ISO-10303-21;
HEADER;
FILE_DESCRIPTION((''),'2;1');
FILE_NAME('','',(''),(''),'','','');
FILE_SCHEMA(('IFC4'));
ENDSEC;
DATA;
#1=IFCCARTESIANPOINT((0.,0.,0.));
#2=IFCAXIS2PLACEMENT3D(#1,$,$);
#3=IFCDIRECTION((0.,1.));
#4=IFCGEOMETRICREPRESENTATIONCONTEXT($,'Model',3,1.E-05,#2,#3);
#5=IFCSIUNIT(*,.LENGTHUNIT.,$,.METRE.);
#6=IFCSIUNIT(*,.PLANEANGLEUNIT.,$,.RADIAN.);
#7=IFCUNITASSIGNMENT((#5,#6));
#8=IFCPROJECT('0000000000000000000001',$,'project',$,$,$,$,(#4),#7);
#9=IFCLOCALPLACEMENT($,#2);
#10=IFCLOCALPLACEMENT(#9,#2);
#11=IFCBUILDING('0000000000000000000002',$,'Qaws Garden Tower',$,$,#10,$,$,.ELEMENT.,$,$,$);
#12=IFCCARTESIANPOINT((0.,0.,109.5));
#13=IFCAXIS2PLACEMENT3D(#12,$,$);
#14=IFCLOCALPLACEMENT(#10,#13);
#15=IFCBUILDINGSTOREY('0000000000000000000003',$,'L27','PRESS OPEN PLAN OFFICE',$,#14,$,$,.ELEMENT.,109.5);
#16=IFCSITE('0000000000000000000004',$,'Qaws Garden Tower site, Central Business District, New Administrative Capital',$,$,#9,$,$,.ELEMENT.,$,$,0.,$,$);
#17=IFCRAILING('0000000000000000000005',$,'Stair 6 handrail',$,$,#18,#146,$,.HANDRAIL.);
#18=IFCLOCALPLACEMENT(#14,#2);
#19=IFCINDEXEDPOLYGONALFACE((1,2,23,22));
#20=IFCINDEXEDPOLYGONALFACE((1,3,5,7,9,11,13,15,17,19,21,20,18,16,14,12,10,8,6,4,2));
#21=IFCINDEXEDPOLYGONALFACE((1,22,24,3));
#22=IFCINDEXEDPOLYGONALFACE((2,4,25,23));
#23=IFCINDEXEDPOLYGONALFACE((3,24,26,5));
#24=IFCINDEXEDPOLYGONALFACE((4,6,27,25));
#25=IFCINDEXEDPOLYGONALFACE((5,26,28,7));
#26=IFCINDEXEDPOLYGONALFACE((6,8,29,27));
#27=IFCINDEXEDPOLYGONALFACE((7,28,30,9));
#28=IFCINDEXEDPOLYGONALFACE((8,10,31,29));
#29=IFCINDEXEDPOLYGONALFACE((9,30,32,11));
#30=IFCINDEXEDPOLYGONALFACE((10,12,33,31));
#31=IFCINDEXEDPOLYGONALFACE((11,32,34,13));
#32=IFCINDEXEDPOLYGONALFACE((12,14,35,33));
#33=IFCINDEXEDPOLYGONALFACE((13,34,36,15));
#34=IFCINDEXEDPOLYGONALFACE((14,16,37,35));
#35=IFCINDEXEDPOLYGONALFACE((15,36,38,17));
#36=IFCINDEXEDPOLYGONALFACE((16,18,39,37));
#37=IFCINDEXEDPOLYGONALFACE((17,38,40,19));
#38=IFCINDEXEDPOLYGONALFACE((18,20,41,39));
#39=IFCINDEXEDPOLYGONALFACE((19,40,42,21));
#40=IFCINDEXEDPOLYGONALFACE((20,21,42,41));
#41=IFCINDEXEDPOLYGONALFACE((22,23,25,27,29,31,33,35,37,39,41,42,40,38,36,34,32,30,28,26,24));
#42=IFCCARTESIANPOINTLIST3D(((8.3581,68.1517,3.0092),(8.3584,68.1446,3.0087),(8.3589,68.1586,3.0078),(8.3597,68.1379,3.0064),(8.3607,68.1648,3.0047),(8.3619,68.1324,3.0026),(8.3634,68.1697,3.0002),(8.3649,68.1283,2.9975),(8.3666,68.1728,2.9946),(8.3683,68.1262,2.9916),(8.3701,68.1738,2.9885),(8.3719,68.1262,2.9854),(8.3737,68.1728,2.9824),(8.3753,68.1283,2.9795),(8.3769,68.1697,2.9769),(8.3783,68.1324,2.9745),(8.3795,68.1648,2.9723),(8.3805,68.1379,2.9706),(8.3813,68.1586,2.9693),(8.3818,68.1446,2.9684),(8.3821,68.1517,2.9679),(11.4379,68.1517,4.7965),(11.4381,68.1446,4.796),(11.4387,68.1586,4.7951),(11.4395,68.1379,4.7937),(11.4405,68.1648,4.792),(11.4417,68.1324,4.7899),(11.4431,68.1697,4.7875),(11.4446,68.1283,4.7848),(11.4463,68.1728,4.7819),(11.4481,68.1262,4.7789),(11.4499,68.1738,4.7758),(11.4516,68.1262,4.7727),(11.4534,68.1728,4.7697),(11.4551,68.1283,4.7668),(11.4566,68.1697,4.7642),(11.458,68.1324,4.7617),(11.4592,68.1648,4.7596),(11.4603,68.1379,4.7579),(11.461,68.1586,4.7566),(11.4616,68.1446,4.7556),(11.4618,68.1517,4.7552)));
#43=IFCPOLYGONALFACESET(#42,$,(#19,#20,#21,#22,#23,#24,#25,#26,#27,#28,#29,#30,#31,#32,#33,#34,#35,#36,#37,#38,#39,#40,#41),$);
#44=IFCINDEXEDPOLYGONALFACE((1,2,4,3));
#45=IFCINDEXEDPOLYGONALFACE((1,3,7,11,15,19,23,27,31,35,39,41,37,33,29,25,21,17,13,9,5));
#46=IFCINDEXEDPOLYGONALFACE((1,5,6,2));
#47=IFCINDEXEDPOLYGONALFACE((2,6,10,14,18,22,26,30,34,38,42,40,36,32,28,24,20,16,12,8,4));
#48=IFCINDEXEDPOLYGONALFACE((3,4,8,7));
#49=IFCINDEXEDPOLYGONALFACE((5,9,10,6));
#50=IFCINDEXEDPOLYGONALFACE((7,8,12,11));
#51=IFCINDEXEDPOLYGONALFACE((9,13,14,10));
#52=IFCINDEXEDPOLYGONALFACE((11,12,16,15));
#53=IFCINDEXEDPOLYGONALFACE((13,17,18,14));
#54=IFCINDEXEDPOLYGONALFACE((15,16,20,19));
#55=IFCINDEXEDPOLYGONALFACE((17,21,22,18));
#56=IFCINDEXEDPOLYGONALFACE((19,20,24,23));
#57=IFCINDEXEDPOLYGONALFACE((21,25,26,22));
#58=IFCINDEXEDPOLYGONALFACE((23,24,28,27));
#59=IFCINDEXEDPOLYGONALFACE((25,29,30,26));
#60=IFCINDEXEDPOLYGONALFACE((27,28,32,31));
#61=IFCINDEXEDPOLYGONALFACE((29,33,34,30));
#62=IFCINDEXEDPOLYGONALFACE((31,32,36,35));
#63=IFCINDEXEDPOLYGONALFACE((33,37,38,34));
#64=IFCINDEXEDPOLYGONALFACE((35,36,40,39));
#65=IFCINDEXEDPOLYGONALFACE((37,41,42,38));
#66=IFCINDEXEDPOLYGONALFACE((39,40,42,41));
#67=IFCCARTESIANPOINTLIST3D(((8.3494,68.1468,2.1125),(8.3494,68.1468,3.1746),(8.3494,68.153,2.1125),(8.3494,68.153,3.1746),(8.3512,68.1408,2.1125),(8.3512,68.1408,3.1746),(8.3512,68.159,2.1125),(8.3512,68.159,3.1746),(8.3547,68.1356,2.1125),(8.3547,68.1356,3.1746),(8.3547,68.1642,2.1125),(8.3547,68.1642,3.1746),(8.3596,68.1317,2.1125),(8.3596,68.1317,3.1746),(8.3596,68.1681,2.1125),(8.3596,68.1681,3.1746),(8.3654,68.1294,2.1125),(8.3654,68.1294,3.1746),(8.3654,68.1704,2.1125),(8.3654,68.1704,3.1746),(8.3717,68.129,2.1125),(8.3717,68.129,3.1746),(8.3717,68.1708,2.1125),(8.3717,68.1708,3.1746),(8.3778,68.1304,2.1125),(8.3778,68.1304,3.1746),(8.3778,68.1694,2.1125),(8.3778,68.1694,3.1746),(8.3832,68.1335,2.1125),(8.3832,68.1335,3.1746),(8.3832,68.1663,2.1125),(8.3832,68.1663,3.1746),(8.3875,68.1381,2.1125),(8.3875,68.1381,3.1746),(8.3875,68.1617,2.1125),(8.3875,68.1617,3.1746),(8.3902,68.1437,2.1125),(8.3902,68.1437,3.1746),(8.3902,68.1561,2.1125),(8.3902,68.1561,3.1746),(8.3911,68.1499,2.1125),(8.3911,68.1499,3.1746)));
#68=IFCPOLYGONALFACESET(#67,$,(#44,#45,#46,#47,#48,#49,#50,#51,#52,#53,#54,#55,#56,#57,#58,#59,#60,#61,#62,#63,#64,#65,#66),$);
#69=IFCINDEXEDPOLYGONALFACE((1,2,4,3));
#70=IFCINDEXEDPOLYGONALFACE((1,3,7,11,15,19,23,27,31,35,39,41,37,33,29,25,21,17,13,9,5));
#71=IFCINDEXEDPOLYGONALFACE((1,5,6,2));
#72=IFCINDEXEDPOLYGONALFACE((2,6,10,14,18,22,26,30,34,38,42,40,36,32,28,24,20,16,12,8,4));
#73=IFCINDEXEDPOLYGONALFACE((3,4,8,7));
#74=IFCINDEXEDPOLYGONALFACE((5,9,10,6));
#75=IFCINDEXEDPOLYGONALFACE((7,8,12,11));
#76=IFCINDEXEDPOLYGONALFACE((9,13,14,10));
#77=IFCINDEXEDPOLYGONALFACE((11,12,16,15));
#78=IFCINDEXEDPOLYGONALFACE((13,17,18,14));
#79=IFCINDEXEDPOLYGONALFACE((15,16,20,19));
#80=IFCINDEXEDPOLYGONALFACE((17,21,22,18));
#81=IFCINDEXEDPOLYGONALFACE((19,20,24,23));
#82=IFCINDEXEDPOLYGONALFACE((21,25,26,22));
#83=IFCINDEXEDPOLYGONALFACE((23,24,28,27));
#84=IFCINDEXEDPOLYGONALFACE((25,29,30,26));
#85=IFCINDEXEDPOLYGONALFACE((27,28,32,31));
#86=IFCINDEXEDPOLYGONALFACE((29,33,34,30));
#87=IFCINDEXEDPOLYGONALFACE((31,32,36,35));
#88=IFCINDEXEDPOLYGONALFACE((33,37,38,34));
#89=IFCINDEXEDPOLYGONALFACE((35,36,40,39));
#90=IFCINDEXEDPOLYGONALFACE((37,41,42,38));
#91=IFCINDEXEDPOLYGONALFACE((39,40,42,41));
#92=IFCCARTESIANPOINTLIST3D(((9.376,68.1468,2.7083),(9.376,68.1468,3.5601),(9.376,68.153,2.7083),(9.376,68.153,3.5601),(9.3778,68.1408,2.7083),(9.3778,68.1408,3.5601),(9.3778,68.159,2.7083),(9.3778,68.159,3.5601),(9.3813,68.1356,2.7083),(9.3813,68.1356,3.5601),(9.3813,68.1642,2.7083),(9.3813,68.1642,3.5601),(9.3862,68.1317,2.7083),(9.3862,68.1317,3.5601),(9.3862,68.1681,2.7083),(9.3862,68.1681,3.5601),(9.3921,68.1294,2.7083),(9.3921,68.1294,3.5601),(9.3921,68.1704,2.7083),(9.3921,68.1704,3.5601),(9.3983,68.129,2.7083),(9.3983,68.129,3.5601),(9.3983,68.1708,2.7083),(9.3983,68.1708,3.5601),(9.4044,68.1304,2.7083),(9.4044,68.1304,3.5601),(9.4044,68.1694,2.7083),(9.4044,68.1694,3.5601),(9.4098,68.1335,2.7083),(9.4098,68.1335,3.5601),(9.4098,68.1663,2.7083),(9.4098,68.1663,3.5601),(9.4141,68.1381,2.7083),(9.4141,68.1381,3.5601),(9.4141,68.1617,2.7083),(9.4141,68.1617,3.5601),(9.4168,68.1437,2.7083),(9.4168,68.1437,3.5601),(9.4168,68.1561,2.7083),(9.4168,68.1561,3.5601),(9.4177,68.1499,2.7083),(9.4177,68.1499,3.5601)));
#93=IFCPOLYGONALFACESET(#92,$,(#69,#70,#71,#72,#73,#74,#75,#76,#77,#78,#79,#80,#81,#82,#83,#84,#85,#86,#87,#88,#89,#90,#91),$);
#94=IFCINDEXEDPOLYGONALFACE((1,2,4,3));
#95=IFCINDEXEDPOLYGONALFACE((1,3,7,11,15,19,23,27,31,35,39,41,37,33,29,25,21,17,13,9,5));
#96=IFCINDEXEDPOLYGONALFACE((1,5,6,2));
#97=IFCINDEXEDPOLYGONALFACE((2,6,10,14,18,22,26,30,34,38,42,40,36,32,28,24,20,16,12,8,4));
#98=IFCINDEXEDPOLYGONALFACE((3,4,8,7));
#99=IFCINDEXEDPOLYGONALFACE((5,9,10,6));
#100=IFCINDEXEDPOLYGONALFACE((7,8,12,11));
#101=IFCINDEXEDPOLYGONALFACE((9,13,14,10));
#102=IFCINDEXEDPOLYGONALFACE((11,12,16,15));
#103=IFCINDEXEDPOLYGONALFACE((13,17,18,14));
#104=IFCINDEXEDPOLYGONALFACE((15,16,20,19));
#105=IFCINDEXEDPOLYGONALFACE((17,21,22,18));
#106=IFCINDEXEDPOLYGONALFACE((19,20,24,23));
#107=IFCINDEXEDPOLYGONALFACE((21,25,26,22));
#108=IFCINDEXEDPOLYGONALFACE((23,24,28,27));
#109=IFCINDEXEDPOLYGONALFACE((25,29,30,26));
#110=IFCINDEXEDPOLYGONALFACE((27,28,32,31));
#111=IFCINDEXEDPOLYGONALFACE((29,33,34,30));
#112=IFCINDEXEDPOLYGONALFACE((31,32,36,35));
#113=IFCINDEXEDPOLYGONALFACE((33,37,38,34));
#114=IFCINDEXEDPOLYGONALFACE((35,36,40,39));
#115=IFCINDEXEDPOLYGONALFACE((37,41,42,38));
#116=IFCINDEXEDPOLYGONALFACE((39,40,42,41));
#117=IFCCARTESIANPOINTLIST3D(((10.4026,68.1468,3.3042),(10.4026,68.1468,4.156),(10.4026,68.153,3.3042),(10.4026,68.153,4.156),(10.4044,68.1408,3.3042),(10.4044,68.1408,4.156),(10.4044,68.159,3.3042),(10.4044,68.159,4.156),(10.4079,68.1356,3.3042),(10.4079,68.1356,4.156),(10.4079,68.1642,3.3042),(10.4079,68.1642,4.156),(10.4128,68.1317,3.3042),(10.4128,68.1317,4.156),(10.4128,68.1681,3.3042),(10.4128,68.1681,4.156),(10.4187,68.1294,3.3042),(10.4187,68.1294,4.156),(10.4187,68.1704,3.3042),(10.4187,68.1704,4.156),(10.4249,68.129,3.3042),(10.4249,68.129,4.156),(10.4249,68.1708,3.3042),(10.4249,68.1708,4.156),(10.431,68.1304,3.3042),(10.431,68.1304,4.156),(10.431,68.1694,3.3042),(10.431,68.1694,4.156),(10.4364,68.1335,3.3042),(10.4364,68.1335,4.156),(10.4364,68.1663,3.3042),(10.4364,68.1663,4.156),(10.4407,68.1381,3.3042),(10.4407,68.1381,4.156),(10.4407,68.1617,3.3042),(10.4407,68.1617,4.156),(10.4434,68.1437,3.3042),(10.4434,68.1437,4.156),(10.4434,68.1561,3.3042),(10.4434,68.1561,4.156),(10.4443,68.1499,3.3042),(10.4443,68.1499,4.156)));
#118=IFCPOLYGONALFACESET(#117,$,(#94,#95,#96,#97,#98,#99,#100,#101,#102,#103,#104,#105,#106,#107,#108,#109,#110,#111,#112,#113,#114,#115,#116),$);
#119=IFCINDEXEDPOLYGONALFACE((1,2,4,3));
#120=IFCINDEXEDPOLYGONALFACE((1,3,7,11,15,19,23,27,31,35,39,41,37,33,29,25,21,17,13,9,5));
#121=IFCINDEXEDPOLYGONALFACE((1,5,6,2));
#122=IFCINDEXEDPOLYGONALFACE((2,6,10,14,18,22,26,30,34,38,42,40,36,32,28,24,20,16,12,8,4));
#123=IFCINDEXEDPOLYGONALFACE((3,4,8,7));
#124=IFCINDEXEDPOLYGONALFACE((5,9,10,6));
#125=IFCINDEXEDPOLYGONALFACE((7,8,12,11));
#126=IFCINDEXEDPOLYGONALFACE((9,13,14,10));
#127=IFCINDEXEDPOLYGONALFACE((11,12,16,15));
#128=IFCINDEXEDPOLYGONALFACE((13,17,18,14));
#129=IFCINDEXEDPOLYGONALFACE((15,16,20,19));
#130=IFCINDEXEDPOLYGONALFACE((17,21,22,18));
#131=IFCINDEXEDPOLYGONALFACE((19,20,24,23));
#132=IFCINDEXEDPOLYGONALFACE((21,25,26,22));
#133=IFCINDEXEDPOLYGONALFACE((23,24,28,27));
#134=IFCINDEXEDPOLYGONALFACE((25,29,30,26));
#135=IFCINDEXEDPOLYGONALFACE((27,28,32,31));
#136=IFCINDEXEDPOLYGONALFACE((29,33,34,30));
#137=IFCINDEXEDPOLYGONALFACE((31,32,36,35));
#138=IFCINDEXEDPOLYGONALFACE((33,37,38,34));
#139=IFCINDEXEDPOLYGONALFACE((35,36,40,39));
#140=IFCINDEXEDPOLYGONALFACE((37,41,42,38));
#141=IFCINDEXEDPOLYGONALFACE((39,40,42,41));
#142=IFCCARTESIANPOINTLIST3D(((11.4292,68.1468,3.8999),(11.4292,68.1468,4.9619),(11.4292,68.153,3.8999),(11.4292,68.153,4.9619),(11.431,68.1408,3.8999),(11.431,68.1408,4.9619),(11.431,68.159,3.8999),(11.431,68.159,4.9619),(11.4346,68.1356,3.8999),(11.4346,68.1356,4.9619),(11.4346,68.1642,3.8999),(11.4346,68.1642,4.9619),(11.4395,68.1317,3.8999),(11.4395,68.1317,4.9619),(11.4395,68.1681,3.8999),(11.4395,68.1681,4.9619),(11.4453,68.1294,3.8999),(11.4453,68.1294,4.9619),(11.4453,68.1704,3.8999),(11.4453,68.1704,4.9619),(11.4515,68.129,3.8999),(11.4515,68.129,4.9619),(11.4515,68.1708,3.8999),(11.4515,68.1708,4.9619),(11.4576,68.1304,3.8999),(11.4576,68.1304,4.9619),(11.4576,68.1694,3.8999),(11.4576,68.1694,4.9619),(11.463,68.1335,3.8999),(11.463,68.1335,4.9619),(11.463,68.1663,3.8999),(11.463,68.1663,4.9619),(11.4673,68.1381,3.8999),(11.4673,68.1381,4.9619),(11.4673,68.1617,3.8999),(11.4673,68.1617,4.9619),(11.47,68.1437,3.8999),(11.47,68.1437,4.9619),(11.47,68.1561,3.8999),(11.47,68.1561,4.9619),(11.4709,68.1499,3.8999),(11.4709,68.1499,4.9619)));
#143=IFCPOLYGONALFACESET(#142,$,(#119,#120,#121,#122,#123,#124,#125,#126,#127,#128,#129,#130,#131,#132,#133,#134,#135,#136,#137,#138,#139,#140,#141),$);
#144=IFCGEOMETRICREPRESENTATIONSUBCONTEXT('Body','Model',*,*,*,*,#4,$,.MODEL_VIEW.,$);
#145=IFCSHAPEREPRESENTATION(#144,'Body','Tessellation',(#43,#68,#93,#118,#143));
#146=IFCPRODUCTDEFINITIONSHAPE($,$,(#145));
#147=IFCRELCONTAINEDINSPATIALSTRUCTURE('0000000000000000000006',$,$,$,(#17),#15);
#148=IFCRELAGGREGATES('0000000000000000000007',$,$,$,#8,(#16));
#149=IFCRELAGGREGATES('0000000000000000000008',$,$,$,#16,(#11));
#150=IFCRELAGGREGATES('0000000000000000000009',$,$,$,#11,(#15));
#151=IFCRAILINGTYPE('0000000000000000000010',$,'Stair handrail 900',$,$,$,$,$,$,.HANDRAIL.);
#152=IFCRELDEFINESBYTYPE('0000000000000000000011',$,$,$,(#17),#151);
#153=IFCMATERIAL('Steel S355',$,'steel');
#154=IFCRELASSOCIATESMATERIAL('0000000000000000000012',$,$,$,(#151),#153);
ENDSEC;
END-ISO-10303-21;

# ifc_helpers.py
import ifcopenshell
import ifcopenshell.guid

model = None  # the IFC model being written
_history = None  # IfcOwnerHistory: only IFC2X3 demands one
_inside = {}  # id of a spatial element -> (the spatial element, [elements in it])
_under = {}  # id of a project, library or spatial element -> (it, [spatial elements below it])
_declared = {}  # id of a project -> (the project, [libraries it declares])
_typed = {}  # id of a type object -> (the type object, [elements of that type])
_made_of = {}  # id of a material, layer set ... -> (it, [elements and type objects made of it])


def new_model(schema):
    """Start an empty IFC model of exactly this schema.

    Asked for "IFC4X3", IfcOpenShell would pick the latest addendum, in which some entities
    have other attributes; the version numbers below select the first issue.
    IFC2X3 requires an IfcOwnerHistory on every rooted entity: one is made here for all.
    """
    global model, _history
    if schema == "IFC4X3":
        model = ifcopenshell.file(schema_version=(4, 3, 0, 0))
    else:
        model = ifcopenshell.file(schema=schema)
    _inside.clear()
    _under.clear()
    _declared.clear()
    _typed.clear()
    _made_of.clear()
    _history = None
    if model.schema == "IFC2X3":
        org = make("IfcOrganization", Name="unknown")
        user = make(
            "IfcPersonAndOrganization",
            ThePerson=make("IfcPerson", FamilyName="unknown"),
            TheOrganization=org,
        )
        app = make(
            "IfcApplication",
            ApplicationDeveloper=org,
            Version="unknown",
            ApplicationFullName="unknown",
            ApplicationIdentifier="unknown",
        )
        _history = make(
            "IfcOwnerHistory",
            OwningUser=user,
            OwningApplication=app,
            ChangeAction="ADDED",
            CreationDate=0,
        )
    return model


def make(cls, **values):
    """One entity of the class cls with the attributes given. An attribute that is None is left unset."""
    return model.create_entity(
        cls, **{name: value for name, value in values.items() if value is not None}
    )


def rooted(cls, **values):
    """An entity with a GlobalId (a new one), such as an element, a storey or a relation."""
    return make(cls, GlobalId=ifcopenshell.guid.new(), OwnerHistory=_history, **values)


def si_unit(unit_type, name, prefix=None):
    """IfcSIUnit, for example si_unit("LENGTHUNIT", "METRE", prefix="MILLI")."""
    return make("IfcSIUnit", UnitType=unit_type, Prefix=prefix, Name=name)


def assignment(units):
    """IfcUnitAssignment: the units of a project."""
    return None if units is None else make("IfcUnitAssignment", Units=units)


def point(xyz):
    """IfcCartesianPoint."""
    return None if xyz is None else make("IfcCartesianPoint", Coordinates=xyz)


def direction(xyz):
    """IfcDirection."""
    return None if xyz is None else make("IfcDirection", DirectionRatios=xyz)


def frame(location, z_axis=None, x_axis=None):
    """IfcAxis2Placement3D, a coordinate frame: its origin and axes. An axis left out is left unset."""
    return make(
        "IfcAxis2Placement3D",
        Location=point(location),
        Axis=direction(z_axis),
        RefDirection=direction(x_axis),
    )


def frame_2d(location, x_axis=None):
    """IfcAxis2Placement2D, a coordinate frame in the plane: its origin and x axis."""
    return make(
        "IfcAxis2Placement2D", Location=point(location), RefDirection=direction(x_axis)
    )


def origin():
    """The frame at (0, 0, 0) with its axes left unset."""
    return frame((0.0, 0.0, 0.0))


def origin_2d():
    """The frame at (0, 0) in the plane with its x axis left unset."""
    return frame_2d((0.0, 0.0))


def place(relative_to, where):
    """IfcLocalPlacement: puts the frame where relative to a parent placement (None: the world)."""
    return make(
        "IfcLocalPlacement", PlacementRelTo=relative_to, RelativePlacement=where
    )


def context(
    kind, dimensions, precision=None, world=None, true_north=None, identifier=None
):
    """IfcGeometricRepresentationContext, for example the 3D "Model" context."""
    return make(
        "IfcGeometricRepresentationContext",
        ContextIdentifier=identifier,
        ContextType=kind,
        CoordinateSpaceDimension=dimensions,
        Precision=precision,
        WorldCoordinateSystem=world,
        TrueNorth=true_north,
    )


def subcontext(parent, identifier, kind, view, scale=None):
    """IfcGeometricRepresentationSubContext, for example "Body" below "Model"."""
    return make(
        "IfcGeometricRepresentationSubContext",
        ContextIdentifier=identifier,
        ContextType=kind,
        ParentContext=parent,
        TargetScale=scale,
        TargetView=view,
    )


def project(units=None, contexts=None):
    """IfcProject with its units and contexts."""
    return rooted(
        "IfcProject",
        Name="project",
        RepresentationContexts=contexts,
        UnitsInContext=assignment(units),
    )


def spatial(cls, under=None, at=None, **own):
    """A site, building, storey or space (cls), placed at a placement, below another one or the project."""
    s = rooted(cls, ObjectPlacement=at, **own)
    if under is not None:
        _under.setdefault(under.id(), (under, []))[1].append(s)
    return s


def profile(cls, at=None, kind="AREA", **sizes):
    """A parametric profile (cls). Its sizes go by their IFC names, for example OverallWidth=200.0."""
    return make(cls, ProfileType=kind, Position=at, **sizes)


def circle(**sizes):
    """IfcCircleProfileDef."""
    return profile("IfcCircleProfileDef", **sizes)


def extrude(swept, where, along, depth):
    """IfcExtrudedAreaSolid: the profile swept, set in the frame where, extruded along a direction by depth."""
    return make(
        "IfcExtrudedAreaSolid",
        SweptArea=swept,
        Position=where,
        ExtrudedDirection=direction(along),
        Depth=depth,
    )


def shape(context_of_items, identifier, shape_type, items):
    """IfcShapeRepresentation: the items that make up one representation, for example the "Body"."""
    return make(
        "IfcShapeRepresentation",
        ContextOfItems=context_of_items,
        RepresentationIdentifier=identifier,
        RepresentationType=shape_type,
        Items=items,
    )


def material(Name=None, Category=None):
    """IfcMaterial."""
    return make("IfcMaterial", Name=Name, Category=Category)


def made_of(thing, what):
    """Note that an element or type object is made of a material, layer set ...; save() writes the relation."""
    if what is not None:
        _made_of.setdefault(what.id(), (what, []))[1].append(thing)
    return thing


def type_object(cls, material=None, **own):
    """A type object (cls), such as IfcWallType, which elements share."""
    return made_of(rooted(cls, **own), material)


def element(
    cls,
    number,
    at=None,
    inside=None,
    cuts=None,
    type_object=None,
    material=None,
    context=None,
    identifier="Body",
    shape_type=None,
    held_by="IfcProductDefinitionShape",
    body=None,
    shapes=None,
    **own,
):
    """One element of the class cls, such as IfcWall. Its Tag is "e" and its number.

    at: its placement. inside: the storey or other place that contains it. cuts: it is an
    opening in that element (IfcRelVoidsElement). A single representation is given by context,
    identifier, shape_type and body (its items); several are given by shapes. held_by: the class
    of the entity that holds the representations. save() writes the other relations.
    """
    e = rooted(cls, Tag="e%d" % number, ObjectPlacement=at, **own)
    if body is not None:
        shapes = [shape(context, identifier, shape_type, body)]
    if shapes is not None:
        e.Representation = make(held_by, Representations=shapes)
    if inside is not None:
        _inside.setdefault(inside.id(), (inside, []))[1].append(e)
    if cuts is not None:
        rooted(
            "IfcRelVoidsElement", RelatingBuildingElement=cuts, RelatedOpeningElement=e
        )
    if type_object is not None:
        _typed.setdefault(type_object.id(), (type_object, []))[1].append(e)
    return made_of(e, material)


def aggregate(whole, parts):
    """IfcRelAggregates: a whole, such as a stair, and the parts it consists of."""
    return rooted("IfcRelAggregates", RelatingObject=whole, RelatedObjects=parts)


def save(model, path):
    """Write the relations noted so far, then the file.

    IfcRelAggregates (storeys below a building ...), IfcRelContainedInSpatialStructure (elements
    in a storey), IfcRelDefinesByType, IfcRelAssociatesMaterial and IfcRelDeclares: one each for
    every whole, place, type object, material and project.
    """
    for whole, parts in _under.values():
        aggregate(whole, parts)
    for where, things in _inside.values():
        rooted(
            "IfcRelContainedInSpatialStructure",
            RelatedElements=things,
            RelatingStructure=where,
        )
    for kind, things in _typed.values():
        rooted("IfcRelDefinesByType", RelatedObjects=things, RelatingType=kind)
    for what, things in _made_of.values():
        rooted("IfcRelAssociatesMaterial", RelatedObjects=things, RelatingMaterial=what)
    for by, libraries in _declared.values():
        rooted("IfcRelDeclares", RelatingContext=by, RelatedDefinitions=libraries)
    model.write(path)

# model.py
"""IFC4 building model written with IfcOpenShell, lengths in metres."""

from ifc_helpers import new_model, si_unit, direction, frame, origin, origin_2d, place, context, subcontext, project, spatial, circle, extrude, material, type_object, element, save


model = new_model("IFC4")

# Units and contexts
model_context = context("Model", 3, precision=1e-05, world=origin(), true_north=direction((0.0, 1.0)))
body_context = subcontext(model_context, "Body", "Model", "MODEL_VIEW")
ifc_project = project(units=[si_unit("LENGTHUNIT", "METRE"), si_unit("PLANEANGLEUNIT", "RADIAN")], contexts=[model_context])

# Site, building, storey
site_placement = place(None, origin())
site = spatial("IfcSite", under=ifc_project, at=site_placement, Name="Qaws Garden Tower site, Central Business District, New Administrative Capital", CompositionType="ELEMENT", RefElevation=0.0)
building_placement = place(site_placement, origin())
building = spatial("IfcBuilding", under=site, at=building_placement, Name="Qaws Garden Tower", CompositionType="ELEMENT")
storey_placement = place(building_placement, frame((0.0, 0.0, 109.5)))
storey = spatial("IfcBuildingStorey", under=building, at=storey_placement, Name="L27", Description="PRESS OPEN PLAN OFFICE", CompositionType="ELEMENT", Elevation=109.5)

# Railing
ifc_material_1 = material(Name="Steel S355", Category="steel")
railing_type = type_object("IfcRailingType", Name="Stair handrail 900", PredefinedType="HANDRAIL", material=ifc_material_1)
railing_1_placement = place(storey_placement, frame((8.3701, 68.1499, 2.1125)))
element("IfcRailing", 1, at=railing_1_placement, inside=storey, type_object=railing_type, Name="Stair 6 handrail", PredefinedType="HANDRAIL", context=body_context, shape_type="SweptSolid", body=[
    extrude(circle(Radius=0.0239, at=origin_2d()), frame((0.0, 0.0, 0.876), z_axis=(0.864903, 0.0, 0.501939), x_axis=(0.0, 1.0, 0.0)), (0.0, 0.0, 1.0), 3.5608),
    extrude(circle(Radius=0.021, at=origin_2d()), origin(), (0.0, 0.0, 1.0), 1.062),
    extrude(circle(Radius=0.021, at=origin_2d()), frame((1.0266, 0.0, 0.5957)), (0.0, 0.0, 1.0), 0.8518),
    extrude(circle(Radius=0.021, at=origin_2d()), frame((2.0532, 0.0, 1.1917)), (0.0, 0.0, 1.0), 0.8518),
    extrude(circle(Radius=0.021, at=origin_2d()), frame((3.0798, 0.0, 1.7874)), (0.0, 0.0, 1.0), 1.062),
])

save(model, "model.ifc")
